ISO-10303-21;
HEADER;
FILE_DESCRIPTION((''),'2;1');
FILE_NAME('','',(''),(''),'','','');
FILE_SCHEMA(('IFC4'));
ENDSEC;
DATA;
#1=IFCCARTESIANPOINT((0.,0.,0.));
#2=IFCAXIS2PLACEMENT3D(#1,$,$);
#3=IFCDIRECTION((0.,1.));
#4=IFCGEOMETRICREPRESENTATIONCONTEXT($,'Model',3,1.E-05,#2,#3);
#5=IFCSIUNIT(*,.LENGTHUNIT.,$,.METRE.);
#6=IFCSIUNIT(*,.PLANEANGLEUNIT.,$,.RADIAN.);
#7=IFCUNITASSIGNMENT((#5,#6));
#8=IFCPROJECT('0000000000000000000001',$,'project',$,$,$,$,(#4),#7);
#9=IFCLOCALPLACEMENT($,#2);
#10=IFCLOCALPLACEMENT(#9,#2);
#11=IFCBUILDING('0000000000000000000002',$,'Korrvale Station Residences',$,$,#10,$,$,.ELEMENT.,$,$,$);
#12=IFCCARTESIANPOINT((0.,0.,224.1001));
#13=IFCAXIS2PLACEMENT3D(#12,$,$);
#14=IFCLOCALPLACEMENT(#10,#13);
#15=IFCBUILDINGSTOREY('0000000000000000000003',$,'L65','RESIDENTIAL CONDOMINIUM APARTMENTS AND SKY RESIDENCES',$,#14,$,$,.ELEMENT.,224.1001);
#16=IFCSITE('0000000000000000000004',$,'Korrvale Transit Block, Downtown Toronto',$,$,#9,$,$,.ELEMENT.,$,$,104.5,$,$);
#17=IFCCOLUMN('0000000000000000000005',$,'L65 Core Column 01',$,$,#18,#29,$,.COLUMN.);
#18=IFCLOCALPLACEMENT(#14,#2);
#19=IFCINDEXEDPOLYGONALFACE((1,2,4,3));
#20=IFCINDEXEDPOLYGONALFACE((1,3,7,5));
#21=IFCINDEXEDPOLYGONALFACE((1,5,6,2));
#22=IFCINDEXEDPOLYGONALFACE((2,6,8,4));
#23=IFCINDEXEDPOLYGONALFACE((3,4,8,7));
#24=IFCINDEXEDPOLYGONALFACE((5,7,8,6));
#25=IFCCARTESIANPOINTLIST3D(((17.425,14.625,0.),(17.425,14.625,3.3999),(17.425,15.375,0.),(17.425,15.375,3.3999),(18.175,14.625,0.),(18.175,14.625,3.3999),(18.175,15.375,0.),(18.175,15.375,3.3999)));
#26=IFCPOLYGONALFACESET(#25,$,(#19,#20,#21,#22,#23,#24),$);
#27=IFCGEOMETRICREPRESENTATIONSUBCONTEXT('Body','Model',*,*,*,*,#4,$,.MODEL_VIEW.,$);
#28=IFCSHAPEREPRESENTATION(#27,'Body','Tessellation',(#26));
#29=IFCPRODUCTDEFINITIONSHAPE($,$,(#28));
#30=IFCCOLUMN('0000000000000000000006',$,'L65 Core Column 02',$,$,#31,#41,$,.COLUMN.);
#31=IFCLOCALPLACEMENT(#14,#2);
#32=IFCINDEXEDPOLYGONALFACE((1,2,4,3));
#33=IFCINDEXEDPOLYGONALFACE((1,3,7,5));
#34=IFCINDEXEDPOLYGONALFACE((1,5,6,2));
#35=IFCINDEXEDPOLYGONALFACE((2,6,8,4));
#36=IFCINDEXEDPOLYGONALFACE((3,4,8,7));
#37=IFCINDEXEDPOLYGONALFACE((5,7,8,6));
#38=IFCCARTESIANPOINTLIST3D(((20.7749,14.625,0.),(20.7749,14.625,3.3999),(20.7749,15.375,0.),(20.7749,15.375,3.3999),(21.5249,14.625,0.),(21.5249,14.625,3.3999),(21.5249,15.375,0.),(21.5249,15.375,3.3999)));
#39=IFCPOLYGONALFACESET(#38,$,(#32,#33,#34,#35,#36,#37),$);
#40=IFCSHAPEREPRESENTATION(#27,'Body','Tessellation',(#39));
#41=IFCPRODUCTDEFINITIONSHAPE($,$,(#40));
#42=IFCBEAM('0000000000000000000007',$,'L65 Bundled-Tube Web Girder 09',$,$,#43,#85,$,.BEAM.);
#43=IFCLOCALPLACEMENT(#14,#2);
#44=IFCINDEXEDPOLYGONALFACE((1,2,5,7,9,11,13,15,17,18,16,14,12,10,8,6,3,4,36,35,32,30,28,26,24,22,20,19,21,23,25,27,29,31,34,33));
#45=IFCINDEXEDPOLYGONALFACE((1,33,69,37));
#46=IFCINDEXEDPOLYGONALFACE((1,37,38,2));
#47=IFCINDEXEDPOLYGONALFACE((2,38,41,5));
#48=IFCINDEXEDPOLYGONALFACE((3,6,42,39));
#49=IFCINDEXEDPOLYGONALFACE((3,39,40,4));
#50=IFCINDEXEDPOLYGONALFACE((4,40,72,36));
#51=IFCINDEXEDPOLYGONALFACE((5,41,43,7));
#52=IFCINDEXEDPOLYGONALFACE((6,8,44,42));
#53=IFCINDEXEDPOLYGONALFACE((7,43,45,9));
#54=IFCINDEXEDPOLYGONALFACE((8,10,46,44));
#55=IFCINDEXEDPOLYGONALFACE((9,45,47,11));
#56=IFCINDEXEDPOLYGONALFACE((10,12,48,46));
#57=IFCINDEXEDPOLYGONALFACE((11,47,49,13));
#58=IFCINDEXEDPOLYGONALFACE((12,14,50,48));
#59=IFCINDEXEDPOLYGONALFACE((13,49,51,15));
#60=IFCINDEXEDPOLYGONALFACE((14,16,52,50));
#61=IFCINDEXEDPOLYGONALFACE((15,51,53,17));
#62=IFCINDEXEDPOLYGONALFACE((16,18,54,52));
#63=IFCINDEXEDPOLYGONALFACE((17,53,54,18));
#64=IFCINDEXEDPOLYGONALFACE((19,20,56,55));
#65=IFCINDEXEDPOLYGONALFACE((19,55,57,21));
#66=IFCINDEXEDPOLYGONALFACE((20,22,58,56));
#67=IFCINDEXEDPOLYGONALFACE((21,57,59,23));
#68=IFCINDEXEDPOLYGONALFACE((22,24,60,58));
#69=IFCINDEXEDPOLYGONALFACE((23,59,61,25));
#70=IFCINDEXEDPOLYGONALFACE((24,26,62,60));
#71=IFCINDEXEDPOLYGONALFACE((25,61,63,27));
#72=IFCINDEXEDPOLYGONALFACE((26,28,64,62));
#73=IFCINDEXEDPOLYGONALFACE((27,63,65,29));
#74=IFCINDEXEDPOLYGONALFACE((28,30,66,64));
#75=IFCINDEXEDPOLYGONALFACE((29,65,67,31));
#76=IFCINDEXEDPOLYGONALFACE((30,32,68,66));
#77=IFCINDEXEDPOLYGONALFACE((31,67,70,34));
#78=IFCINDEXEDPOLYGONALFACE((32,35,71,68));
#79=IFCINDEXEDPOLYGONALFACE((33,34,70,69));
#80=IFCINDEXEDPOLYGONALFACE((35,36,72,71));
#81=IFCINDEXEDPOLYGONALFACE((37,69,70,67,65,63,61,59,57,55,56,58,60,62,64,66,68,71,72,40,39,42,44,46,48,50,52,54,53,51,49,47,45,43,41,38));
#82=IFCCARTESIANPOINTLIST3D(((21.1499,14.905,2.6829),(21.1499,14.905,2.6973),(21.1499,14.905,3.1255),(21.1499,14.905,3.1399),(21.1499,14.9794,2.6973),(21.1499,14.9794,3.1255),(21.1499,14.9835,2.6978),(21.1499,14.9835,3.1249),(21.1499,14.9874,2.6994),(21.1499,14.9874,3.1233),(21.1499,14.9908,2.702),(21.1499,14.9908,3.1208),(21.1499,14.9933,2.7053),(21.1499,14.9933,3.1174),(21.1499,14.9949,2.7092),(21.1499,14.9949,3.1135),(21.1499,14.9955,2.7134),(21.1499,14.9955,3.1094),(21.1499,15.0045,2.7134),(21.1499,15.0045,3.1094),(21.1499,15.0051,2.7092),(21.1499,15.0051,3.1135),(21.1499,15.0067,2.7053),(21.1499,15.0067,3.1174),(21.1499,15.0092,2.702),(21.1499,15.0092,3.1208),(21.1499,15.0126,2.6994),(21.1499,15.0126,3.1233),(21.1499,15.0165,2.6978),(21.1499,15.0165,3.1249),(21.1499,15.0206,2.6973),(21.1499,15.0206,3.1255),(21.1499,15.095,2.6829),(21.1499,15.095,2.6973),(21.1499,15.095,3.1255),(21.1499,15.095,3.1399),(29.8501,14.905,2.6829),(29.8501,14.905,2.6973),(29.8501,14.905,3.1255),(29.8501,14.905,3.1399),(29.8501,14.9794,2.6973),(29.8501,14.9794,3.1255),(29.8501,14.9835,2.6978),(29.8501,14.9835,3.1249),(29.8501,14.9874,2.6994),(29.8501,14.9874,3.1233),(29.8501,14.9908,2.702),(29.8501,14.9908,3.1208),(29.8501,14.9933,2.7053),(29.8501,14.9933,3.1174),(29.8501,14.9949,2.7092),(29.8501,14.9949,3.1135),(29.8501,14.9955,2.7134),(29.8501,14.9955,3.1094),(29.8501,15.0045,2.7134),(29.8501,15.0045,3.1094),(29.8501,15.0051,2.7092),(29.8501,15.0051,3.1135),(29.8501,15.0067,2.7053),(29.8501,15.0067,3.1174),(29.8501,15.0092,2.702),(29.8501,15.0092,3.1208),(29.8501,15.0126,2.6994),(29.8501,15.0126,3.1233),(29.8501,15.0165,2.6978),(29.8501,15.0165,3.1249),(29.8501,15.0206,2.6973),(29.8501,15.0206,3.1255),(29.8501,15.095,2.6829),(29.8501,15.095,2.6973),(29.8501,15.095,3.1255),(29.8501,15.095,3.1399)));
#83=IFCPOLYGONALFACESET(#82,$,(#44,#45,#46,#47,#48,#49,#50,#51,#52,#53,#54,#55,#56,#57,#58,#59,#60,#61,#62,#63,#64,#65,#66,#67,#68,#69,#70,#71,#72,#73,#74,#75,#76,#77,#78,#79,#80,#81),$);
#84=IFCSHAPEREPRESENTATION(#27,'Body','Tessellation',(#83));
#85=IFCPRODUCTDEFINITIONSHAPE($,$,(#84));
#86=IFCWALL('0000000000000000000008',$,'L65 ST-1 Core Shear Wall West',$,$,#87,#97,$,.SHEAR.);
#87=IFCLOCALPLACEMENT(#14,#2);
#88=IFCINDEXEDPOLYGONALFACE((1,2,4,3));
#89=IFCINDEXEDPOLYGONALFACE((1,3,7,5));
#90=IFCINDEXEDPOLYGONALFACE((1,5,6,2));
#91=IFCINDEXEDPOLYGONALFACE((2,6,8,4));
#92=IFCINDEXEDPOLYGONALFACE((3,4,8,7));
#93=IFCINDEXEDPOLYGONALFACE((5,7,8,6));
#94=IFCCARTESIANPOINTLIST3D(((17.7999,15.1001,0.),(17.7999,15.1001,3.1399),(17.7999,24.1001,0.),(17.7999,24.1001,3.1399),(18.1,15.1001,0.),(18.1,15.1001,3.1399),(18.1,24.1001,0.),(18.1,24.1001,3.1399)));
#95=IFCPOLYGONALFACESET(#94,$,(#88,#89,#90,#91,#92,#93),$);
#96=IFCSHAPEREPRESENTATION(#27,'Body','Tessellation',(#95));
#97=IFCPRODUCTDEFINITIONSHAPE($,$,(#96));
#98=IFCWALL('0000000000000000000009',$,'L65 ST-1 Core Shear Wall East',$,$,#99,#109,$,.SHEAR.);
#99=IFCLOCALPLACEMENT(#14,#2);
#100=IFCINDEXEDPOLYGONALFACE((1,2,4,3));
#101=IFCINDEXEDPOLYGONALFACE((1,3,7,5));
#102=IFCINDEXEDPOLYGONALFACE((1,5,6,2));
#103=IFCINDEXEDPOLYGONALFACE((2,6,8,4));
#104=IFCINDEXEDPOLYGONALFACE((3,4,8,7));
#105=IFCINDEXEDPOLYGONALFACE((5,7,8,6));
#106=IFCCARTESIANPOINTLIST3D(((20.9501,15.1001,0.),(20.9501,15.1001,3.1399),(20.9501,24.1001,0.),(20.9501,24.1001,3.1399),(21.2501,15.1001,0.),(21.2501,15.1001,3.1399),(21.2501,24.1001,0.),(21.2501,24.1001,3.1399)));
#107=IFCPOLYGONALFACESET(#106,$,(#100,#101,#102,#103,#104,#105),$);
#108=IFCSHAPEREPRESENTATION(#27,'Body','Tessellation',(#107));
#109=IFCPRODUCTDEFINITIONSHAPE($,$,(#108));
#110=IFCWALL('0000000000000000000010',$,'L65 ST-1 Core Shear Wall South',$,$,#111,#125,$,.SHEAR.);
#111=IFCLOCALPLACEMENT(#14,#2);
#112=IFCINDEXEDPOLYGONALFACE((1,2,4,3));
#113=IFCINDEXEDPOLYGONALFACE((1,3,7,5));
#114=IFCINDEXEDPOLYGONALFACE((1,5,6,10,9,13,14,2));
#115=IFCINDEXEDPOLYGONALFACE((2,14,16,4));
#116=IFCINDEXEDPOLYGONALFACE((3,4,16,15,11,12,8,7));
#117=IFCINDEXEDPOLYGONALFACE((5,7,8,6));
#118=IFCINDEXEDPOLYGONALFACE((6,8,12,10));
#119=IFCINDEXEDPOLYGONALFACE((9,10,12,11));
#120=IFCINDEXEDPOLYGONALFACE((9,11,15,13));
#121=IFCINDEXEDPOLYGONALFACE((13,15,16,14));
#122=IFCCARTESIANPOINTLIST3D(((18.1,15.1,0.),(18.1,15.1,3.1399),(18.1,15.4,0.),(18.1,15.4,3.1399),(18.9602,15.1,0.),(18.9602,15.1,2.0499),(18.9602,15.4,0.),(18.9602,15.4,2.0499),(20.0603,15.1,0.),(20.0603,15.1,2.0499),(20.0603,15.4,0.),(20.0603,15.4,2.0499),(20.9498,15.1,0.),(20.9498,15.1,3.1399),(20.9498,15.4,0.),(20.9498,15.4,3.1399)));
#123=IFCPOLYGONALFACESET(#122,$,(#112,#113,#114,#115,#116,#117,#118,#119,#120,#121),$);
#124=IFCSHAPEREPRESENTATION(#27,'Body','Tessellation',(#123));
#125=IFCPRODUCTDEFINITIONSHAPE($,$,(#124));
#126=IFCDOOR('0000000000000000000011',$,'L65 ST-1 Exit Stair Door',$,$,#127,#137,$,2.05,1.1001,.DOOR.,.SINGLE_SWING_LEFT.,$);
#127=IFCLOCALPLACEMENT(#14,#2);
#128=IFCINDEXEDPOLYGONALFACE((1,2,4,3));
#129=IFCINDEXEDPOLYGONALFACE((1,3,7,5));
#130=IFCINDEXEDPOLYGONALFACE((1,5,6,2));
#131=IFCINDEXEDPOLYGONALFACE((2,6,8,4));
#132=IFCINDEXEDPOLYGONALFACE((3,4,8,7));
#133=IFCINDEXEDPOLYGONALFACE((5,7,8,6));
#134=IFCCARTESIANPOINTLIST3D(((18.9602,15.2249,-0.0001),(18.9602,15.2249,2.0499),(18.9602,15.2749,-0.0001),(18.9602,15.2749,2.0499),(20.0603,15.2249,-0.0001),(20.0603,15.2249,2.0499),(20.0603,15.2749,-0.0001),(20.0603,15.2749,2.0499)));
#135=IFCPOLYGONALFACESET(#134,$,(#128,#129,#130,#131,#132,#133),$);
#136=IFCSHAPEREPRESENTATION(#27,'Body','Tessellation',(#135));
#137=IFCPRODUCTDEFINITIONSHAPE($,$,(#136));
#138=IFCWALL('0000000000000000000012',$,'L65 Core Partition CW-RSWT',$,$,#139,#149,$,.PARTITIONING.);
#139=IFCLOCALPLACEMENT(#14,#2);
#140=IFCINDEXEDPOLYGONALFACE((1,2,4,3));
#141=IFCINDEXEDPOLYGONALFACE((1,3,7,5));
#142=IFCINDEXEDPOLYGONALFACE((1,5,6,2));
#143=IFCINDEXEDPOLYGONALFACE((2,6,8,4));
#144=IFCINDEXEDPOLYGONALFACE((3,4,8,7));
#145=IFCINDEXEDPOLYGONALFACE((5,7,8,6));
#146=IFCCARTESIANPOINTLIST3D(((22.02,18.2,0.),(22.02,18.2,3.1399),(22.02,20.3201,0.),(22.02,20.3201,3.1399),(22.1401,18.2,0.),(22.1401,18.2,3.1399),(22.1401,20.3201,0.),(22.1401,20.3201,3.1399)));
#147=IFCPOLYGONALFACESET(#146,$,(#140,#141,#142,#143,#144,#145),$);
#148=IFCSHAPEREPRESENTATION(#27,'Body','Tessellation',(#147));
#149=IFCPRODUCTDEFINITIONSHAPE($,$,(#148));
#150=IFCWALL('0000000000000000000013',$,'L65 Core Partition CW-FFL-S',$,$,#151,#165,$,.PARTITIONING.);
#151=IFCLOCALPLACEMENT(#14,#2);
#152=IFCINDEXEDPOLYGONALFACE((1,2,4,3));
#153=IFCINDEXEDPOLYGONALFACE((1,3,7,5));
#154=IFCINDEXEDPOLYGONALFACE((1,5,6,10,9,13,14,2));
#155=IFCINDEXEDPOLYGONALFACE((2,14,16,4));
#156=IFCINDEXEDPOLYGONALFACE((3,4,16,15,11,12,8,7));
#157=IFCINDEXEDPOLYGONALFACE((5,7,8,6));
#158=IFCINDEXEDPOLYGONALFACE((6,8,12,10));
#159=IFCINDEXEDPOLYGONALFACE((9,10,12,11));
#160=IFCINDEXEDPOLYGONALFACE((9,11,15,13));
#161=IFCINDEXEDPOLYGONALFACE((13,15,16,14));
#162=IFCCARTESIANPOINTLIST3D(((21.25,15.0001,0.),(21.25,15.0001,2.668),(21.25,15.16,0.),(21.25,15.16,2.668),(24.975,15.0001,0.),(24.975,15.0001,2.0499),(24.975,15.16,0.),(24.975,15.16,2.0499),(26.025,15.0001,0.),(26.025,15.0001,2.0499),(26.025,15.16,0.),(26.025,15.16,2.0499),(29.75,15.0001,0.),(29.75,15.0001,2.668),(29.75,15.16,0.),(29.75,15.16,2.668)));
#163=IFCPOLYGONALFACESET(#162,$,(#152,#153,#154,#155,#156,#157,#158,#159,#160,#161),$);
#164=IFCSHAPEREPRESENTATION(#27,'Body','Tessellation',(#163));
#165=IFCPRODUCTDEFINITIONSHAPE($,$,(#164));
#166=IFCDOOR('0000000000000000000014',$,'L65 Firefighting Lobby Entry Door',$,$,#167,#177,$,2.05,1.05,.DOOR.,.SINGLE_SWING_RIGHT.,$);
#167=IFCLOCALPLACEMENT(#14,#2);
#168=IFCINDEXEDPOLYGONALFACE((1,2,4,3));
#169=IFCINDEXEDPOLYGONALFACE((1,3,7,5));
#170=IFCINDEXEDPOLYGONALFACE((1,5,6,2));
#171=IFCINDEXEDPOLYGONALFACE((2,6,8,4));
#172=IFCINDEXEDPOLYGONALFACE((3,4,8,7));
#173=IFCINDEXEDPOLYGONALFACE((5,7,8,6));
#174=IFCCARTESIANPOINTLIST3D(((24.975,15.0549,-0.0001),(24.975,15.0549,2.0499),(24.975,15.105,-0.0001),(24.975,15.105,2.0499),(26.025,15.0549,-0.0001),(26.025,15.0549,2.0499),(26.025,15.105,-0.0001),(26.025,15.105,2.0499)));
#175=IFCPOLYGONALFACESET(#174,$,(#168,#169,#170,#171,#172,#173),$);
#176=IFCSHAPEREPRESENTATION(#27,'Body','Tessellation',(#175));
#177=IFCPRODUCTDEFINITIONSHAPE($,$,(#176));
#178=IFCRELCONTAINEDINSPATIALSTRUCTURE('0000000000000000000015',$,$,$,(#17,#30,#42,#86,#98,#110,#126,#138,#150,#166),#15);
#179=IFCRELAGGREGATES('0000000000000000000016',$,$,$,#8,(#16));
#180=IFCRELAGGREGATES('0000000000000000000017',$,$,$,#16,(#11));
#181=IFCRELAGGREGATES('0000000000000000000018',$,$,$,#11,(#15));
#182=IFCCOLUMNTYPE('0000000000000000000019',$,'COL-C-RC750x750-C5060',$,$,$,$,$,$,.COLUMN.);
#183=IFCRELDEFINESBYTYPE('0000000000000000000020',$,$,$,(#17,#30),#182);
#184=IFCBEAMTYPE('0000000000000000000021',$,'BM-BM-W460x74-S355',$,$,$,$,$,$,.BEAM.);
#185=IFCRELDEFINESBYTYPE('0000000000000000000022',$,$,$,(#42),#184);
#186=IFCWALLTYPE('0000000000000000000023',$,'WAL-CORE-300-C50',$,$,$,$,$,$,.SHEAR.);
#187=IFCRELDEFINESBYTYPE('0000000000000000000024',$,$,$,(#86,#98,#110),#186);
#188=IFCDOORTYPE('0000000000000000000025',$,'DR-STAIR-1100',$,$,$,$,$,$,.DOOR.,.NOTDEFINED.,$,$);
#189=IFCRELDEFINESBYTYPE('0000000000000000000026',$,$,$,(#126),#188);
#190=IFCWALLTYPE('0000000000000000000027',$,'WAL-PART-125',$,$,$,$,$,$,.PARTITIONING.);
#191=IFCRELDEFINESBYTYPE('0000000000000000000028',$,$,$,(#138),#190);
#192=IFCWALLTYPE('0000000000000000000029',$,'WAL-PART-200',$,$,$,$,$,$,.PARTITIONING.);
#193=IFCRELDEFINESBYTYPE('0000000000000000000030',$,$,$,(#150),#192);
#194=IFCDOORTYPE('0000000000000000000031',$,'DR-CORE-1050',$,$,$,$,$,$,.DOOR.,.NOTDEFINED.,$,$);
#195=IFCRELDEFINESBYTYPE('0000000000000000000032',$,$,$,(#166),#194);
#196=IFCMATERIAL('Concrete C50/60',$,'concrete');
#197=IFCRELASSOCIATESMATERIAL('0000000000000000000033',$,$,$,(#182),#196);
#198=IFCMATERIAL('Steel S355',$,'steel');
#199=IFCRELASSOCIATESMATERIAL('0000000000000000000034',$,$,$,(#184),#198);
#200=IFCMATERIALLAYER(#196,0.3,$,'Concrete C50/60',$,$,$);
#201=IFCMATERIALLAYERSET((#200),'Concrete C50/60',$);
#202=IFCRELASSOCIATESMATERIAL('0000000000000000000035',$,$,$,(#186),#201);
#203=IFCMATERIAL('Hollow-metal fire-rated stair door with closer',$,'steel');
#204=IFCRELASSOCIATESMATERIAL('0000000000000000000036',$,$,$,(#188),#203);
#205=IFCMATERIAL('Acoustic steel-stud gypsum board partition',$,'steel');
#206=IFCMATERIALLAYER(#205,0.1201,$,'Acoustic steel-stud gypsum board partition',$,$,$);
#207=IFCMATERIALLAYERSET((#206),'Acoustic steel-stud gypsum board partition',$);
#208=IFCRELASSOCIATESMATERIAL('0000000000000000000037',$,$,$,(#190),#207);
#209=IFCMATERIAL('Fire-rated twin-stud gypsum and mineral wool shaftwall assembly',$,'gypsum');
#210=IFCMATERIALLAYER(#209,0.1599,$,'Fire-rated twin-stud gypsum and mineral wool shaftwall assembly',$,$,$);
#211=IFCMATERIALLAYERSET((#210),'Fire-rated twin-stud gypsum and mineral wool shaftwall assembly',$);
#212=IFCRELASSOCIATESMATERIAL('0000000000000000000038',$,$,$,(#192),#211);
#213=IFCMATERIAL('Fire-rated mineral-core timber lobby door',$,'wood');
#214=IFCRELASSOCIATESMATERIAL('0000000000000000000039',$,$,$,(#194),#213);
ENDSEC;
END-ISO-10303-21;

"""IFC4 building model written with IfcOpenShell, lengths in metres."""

from ifc_helpers import new_model, si_unit, direction, frame, frame_2d, origin, origin_2d, place, context, subcontext, project, spatial, rectangle, i_section, extrude, material, layer, layer_set, material_profile, profile_set, type_object, element, fill, save


model = new_model("IFC4")

# Units and contexts
model_context = context("Model", 3, precision=1e-05, world=origin(), true_north=direction((0.0, 1.0)))
body_context = subcontext(model_context, "Body", "Model", "MODEL_VIEW")
ifc_project = project(units=[si_unit("LENGTHUNIT", "METRE"), si_unit("PLANEANGLEUNIT", "RADIAN")], contexts=[model_context])

# Site, building, storey
site_placement = place(None, origin())
site = spatial("IfcSite", under=ifc_project, at=site_placement, Name="Korrvale Transit Block, Downtown Toronto", CompositionType="ELEMENT", RefElevation=104.5)
building_placement = place(site_placement, origin())
building = spatial("IfcBuilding", under=site, at=building_placement, Name="Korrvale Station Residences", CompositionType="ELEMENT")
storey_placement = place(building_placement, frame((0.0, 0.0, 224.1001)))
storey = spatial("IfcBuildingStorey", under=building, at=storey_placement, Name="L65", Description="RESIDENTIAL CONDOMINIUM APARTMENTS AND SKY RESIDENCES", CompositionType="ELEMENT", Elevation=224.1001)

# Columns
ifc_material_1 = material(Name="Concrete C50/60", Category="concrete")
ifc_material_profile_1 = material_profile(ifc_material_1, rectangle(XDim=0.75, YDim=0.75, at=origin_2d()), Name="RC750x750")
ifc_profile_set_1 = profile_set([ifc_material_profile_1], Name="Concrete C50/60")
column_type = type_object("IfcColumnType", Name="COL-C-RC750x750-C5060", PredefinedType="COLUMN", material=ifc_profile_set_1)
for number, where, z_axis, x_axis, name in (
    (1, (17.8, 15.0, 0.0), (0.0, 0.0, 1.0), (1.0, 0.0, 0.0), "L65 Core Column 01"),
    (2, (21.1499, 15.0, 0.0), (0.0, 0.0, 1.0), (1.0, 0.0, 0.0), "L65 Core Column 02"),
):
    element("IfcColumn", number, at=place(storey_placement, frame(where, z_axis=z_axis, x_axis=x_axis)), inside=storey, type_object=column_type, Name=name, PredefinedType="COLUMN", context=body_context, shape_type="SweptSolid", body=[
        extrude(rectangle(XDim=0.75, YDim=0.75, at=origin_2d()), origin(), (0.0, 0.0, 1.0), 3.3999),
    ])

# Beam
ifc_material_2 = material(Name="Steel S355", Category="steel")
ifc_material_profile_2 = material_profile(ifc_material_2, i_section(OverallWidth=0.1899, OverallDepth=0.457, WebThickness=0.009, FlangeThickness=0.0144, FilletRadius=0.0161, at=origin_2d()), Name="W460x74")
ifc_profile_set_2 = profile_set([ifc_material_profile_2], Name="Steel S355")
beam_type = type_object("IfcBeamType", Name="BM-BM-W460x74-S355", PredefinedType="BEAM", material=ifc_profile_set_2)
beam_placement = place(storey_placement, frame((21.1499, 15.0, 2.9114), z_axis=(1.0, 0.0, 0.0), x_axis=(0.0, 1.0, 0.0)))
element("IfcBeam", 3, at=beam_placement, inside=storey, type_object=beam_type, Name="L65 Bundled-Tube Web Girder 09", PredefinedType="BEAM", context=body_context, shape_type="SweptSolid", body=[
    extrude(i_section(OverallWidth=0.1899, OverallDepth=0.457, WebThickness=0.009, FlangeThickness=0.0144, FilletRadius=0.0161, at=origin_2d()), origin(), (0.0, 0.0, 1.0), 8.7002),
])

# Walls
ifc_layer_1 = layer(ifc_material_1, 0.3, Name="Concrete C50/60")
ifc_layer_set_1 = layer_set([ifc_layer_1], Name="Concrete C50/60")
wall_type_1 = type_object("IfcWallType", Name="WAL-CORE-300-C50", PredefinedType="SHEAR", material=ifc_layer_set_1)
for number, where, z_axis, x_axis, name in (
    (4, (17.95, 15.1001, 0.0), (0.0, 0.0, 1.0), (0.0, 1.0, 0.0), "L65 ST-1 Core Shear Wall West"),
    (5, (21.1001, 15.1001, 0.0), (0.0, 0.0, 1.0), (0.0, 1.0, 0.0), "L65 ST-1 Core Shear Wall East"),
):
    element("IfcWall", number, at=place(storey_placement, frame(where, z_axis=z_axis, x_axis=x_axis)), inside=storey, type_object=wall_type_1, Name=name, PredefinedType="SHEAR", context=body_context, shape_type="SweptSolid", body=[
        extrude(rectangle(XDim=9.0, YDim=0.3, at=frame_2d((4.5, 0.0))), origin(), (0.0, 0.0, 1.0), 3.1399),
    ])

# Wall, opening, door
wall_1_placement = place(storey_placement, frame((18.1001, 15.25, 0.0), z_axis=(0.0, 0.0, 1.0), x_axis=(1.0, 0.0, 0.0)))
wall_1 = element("IfcWall", 6, at=wall_1_placement, inside=storey, type_object=wall_type_1, Name="L65 ST-1 Core Shear Wall South", PredefinedType="SHEAR", context=body_context, shape_type="SweptSolid", body=[
    extrude(rectangle(XDim=2.8499, YDim=0.3, at=frame_2d((1.4248, 0.0))), origin(), (0.0, 0.0, 1.0), 3.1399),
])
opening_1_placement = place(wall_1_placement, frame((0.8601, 0.0, 0.0)))
opening_1 = element("IfcOpeningElement", 7, at=opening_1_placement, cuts=wall_1, PredefinedType="OPENING", context=body_context, shape_type="SweptSolid", body=[
    extrude(rectangle(XDim=1.1001, YDim=2.05, at=frame_2d((0.55, 1.0249))), frame((0.0, 0.1602, 0.0), z_axis=(0.0, -1.0, 0.0), x_axis=(1.0, 0.0, 0.0)), (0.0, 0.0, 1.0), 0.3201),
])
ifc_material_3 = material(Name="Hollow-metal fire-rated stair door with closer", Category="steel")
door_type_1 = type_object("IfcDoorType", Name="DR-STAIR-1100", OperationType="NOTDEFINED", PredefinedType="DOOR", material=ifc_material_3)
door_1_placement = place(opening_1_placement, origin())
door_1 = element("IfcDoor", 8, at=door_1_placement, inside=storey, type_object=door_type_1, Name="L65 ST-1 Exit Stair Door", OperationType="SINGLE_SWING_LEFT", OverallHeight=2.05, OverallWidth=1.1001, PredefinedType="DOOR", context=body_context, shape_type="SweptSolid", body=[
    extrude(rectangle(XDim=1.1001, YDim=2.05, at=frame_2d((0.55, 1.0249))), frame((0.0, 0.0249, 0.0), z_axis=(0.0, -1.0, 0.0), x_axis=(1.0, 0.0, 0.0)), (0.0, 0.0, 1.0), 0.05),
])
fill(opening_1, door_1)

# Wall
ifc_material_4 = material(Name="Acoustic steel-stud gypsum board partition", Category="steel")
ifc_layer_2 = layer(ifc_material_4, 0.1201, Name="Acoustic steel-stud gypsum board partition")
ifc_layer_set_2 = layer_set([ifc_layer_2], Name="Acoustic steel-stud gypsum board partition")
wall_type_2 = type_object("IfcWallType", Name="WAL-PART-125", PredefinedType="PARTITIONING", material=ifc_layer_set_2)
wall_2_placement = place(storey_placement, frame((22.0801, 18.2, 0.0), z_axis=(0.0, 0.0, 1.0), x_axis=(0.0, 1.0, 0.0)))
element("IfcWall", 9, at=wall_2_placement, inside=storey, type_object=wall_type_2, Name="L65 Core Partition CW-RSWT", PredefinedType="PARTITIONING", context=body_context, shape_type="SweptSolid", body=[
    extrude(rectangle(XDim=2.1201, YDim=0.1201, at=frame_2d((1.0601, 0.0))), origin(), (0.0, 0.0, 1.0), 3.1399),
])

# Wall, opening, door
ifc_material_5 = material(Name="Fire-rated twin-stud gypsum and mineral wool shaftwall assembly", Category="gypsum")
ifc_layer_3 = layer(ifc_material_5, 0.1599, Name="Fire-rated twin-stud gypsum and mineral wool shaftwall assembly")
ifc_layer_set_3 = layer_set([ifc_layer_3], Name="Fire-rated twin-stud gypsum and mineral wool shaftwall assembly")
wall_type_3 = type_object("IfcWallType", Name="WAL-PART-200", PredefinedType="PARTITIONING", material=ifc_layer_set_3)
wall_3_placement = place(storey_placement, frame((21.25, 15.0801, 0.0), z_axis=(0.0, 0.0, 1.0), x_axis=(1.0, 0.0, 0.0)))
wall_3 = element("IfcWall", 10, at=wall_3_placement, inside=storey, type_object=wall_type_3, Name="L65 Core Partition CW-FFL-S", PredefinedType="PARTITIONING", context=body_context, shape_type="SweptSolid", body=[
    extrude(rectangle(XDim=8.5, YDim=0.1599, at=frame_2d((4.25, 0.0))), origin(), (0.0, 0.0, 1.0), 2.668),
])
opening_2_placement = place(wall_3_placement, frame((3.7251, 0.0, 0.0)))
opening_2 = element("IfcOpeningElement", 11, at=opening_2_placement, cuts=wall_3, PredefinedType="OPENING", context=body_context, shape_type="SweptSolid", body=[
    extrude(rectangle(XDim=1.05, YDim=2.05, at=frame_2d((0.5249, 1.0249))), frame((0.0, 0.0898, 0.0), z_axis=(0.0, -1.0, 0.0), x_axis=(1.0, 0.0, 0.0)), (0.0, 0.0, 1.0), 0.1799),
])
ifc_material_6 = material(Name="Fire-rated mineral-core timber lobby door", Category="wood")
door_type_2 = type_object("IfcDoorType", Name="DR-CORE-1050", OperationType="NOTDEFINED", PredefinedType="DOOR", material=ifc_material_6)
door_2_placement = place(opening_2_placement, origin())
door_2 = element("IfcDoor", 12, at=door_2_placement, inside=storey, type_object=door_type_2, Name="L65 Firefighting Lobby Entry Door", OperationType="SINGLE_SWING_RIGHT", OverallHeight=2.05, OverallWidth=1.05, PredefinedType="DOOR", context=body_context, shape_type="SweptSolid", body=[
    extrude(rectangle(XDim=1.05, YDim=2.05, at=frame_2d((0.5249, 1.0249))), frame((0.0, 0.0249, 0.0), z_axis=(0.0, -1.0, 0.0), x_axis=(1.0, 0.0, 0.0)), (0.0, 0.0, 1.0), 0.05),
])
fill(opening_2, door_2)

save(model, "model.ifc")
